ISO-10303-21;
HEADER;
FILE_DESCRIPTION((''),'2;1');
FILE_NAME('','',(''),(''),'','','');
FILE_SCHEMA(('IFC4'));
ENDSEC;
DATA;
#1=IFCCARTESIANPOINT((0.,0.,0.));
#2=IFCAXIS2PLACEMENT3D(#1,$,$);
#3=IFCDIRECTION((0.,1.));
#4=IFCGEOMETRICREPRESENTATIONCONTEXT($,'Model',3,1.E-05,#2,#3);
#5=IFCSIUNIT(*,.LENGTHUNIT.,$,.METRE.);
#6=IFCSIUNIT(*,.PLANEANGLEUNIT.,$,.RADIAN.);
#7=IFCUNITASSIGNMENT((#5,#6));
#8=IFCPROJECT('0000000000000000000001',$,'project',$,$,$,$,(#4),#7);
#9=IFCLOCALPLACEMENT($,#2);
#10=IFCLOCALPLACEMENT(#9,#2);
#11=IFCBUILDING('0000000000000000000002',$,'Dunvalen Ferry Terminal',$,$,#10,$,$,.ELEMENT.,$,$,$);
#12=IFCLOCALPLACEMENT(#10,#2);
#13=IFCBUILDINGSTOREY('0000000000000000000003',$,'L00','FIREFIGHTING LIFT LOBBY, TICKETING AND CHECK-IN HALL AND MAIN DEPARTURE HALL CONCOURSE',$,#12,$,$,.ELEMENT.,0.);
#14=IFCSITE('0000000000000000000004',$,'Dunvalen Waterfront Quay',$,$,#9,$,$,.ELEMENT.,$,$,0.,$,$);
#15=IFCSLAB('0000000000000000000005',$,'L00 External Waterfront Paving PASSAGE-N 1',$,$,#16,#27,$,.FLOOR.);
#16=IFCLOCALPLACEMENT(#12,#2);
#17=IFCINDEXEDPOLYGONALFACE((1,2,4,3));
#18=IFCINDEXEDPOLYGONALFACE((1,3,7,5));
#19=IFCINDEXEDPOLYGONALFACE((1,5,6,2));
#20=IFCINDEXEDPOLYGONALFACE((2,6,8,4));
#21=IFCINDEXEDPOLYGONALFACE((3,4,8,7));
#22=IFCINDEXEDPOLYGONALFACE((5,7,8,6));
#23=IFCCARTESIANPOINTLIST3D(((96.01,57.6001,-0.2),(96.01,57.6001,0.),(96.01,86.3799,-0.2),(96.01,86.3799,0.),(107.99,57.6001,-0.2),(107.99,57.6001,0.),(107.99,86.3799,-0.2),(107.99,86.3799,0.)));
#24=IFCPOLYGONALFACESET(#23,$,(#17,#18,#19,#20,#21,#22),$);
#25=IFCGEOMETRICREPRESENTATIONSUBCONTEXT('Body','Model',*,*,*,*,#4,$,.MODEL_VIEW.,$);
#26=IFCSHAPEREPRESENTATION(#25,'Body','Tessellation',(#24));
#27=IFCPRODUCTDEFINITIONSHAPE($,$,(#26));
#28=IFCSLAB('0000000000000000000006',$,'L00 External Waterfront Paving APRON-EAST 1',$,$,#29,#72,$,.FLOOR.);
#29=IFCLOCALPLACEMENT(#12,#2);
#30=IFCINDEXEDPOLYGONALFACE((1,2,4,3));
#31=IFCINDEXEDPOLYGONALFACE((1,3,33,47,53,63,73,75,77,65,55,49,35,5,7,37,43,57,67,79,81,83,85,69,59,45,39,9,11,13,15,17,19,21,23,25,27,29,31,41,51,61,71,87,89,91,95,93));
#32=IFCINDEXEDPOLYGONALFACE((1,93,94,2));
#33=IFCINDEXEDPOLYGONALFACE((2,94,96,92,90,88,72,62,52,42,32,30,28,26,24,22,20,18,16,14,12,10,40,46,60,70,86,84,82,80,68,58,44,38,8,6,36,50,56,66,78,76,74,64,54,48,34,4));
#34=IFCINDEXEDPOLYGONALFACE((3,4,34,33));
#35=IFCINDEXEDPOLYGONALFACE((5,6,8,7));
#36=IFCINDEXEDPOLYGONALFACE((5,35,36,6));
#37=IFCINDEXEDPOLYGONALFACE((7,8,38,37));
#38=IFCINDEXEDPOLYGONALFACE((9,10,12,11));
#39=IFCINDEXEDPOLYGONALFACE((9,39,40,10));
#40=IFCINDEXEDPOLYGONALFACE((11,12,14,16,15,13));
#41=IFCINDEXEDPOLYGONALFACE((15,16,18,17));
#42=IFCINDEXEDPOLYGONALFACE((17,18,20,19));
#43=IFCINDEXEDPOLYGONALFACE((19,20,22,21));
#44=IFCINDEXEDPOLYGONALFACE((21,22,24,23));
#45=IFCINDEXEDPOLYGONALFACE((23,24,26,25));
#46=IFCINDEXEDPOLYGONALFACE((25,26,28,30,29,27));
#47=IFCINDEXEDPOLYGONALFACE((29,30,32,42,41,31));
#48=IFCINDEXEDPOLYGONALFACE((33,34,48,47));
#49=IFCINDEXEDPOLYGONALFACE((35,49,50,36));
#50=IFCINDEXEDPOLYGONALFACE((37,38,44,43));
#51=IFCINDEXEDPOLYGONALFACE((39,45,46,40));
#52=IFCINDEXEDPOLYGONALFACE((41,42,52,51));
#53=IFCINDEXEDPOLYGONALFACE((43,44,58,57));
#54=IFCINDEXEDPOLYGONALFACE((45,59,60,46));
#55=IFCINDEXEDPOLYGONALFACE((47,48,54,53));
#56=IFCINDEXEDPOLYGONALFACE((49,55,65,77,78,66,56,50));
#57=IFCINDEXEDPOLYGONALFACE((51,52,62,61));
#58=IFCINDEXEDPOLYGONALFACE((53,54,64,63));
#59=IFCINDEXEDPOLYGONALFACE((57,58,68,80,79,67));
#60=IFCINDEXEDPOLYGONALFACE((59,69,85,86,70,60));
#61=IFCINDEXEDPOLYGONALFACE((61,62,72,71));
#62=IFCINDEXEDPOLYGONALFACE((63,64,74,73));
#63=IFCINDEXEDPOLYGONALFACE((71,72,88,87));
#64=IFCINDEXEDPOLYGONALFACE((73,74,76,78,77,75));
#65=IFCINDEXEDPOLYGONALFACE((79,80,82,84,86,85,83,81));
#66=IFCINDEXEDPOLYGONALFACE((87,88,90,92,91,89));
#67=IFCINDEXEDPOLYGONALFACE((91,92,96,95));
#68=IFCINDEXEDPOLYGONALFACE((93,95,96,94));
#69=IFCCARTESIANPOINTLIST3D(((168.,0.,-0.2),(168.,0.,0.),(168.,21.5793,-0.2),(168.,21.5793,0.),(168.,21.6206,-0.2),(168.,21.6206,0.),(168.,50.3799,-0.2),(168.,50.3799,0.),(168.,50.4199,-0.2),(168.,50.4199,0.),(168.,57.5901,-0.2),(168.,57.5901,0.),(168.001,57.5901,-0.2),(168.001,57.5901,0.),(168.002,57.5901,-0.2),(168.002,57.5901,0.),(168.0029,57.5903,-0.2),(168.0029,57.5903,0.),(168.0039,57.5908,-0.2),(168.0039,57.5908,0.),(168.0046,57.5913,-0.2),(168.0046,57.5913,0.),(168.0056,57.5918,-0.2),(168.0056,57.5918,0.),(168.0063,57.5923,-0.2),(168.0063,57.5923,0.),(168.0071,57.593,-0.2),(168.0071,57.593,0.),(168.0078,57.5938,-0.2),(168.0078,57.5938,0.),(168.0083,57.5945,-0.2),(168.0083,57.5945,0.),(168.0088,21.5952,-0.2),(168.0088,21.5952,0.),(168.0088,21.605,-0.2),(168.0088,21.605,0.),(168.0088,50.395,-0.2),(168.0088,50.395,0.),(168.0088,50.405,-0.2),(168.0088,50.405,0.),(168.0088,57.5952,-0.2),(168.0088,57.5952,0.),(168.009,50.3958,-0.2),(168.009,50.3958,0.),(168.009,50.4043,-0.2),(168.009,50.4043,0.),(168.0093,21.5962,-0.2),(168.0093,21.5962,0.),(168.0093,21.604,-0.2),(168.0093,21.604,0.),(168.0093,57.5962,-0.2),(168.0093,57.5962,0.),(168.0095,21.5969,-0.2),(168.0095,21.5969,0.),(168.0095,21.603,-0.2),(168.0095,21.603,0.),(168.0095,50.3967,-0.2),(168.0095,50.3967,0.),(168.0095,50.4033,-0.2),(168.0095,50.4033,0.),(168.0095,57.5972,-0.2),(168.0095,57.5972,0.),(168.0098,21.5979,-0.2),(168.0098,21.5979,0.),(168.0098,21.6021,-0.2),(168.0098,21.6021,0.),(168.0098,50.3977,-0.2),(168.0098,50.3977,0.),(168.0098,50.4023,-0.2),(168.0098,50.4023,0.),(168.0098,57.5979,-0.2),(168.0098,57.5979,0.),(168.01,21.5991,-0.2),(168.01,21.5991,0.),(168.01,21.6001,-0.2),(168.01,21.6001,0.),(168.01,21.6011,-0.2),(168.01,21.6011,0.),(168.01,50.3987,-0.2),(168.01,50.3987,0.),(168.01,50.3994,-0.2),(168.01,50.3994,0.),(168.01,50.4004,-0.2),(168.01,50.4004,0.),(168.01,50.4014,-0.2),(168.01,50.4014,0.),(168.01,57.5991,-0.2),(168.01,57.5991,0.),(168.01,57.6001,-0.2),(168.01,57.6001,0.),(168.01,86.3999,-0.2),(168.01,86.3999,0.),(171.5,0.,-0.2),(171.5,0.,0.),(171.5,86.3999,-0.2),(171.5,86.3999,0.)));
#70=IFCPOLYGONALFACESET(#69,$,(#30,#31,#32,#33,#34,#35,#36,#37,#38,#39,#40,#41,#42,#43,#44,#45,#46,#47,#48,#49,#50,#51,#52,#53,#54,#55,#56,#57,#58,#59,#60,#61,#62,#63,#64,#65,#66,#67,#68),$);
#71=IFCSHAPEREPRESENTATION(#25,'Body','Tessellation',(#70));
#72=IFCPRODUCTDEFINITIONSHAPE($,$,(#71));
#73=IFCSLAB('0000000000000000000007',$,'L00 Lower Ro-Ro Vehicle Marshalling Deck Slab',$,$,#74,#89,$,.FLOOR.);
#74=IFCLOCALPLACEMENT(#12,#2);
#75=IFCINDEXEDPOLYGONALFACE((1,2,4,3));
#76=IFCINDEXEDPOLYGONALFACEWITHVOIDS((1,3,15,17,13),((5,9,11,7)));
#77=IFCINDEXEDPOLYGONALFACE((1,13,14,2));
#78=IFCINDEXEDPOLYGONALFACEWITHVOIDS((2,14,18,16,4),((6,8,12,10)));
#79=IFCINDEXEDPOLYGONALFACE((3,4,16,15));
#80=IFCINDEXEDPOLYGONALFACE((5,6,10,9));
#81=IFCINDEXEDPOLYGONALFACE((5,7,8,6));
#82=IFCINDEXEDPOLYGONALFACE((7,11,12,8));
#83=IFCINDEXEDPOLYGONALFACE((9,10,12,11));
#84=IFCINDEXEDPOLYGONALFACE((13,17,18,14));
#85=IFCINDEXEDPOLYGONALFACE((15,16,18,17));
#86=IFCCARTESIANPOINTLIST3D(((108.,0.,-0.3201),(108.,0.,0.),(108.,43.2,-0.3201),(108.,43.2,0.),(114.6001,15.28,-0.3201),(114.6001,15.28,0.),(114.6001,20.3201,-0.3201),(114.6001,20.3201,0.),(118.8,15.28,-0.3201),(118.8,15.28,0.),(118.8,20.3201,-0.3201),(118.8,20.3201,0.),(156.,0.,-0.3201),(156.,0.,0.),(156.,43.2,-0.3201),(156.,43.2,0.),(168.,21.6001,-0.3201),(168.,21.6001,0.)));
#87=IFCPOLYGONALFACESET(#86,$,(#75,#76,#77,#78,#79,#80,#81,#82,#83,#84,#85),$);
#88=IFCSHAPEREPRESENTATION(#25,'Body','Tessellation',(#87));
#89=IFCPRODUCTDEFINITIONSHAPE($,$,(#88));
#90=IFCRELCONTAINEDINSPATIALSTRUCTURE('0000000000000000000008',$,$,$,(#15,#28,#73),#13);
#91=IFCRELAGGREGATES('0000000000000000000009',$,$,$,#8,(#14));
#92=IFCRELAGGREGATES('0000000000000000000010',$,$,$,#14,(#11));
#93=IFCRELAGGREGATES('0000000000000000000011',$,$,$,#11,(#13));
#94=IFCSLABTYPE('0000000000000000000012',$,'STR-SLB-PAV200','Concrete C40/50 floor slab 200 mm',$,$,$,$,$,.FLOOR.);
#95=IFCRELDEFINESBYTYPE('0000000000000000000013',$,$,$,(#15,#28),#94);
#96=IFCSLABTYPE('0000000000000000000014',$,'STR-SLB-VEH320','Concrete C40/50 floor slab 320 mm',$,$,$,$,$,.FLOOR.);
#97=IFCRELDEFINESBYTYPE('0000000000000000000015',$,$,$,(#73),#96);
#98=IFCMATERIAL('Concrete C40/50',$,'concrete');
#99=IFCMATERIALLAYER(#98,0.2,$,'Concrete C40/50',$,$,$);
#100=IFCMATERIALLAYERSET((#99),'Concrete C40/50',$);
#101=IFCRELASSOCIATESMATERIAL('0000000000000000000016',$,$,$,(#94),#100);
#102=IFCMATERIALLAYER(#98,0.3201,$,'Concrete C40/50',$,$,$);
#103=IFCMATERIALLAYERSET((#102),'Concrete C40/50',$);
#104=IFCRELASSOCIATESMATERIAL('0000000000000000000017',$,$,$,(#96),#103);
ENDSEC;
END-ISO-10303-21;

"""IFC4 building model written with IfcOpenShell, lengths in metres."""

from ifc_helpers import new_model, si_unit, direction, frame, origin, place, context, subcontext, project, spatial, polyline, outline, extrude, material, layer, layer_set, type_object, element, save


model = new_model("IFC4")

# Units and contexts
model_context = context("Model", 3, precision=1e-05, world=origin(), true_north=direction((0.0, 1.0)))
body_context = subcontext(model_context, "Body", "Model", "MODEL_VIEW")
ifc_project = project(units=[si_unit("LENGTHUNIT", "METRE"), si_unit("PLANEANGLEUNIT", "RADIAN")], contexts=[model_context])

# Site, building, storey
site_placement = place(None, origin())
site = spatial("IfcSite", under=ifc_project, at=site_placement, Name="Dunvalen Waterfront Quay", CompositionType="ELEMENT", RefElevation=0.0)
building_placement = place(site_placement, origin())
building = spatial("IfcBuilding", under=site, at=building_placement, Name="Dunvalen Ferry Terminal", CompositionType="ELEMENT")
storey_placement = place(building_placement, origin())
storey = spatial("IfcBuildingStorey", under=building, at=storey_placement, Name="L00", Description="FIREFIGHTING LIFT LOBBY, TICKETING AND CHECK-IN HALL AND MAIN DEPARTURE HALL CONCOURSE", CompositionType="ELEMENT", Elevation=0.0)

# Slabs
ifc_material_1 = material(Name="Concrete C40/50", Category="concrete")
ifc_layer_1 = layer(ifc_material_1, 0.2, Name="Concrete C40/50")
ifc_layer_set_1 = layer_set([ifc_layer_1], Name="Concrete C40/50")
slab_type_1 = type_object("IfcSlabType", Name="STR-SLB-PAV200", Description="Concrete C40/50 floor slab 200 mm", PredefinedType="FLOOR", material=ifc_layer_set_1)
slab_1_placement = place(storey_placement, frame((0.0, 0.0, -0.2)))
element("IfcSlab", 1, at=slab_1_placement, inside=storey, type_object=slab_type_1, Name="L00 External Waterfront Paving PASSAGE-N 1", PredefinedType="FLOOR", context=body_context, shape_type="SweptSolid", body=[
    extrude(outline(polyline([(107.99, 57.6001), (107.99, 86.3799), (96.01, 86.3799), (96.01, 57.6001), (107.99, 57.6001)])), origin(), (0.0, 0.0, 1.0), 0.2),
])
slab_2_placement = place(storey_placement, frame((0.0, 0.0, -0.2)))
element("IfcSlab", 2, at=slab_2_placement, inside=storey, type_object=slab_type_1, Name="L00 External Waterfront Paving APRON-EAST 1", PredefinedType="FLOOR", context=body_context, shape_type="SweptSolid", body=[
    extrude(outline(polyline([(168.01, 86.3999), (168.01, 57.6001), (168.01, 57.5991), (168.0098, 57.5979), (168.0095, 57.5972), (168.0093, 57.5962), (168.0088, 57.5952), (168.0083, 57.5945), (168.0078, 57.5938), (168.0071, 57.593), (168.0063, 57.5923), (168.0056, 57.5918), (168.0046, 57.5913), (168.0039, 57.5908), (168.0029, 57.5903), (168.002, 57.5901), (168.001, 57.5901), (168.0, 57.5901), (168.0, 50.4199), (168.0088, 50.405), (168.009, 50.4043), (168.0095, 50.4033), (168.0098, 50.4023), (168.01, 50.4014), (168.01, 50.4004), (168.01, 50.3994), (168.01, 50.3987), (168.0098, 50.3977), (168.0095, 50.3967), (168.009, 50.3958), (168.0088, 50.395), (168.0, 50.3799), (168.0, 21.6206), (168.0088, 21.605), (168.0093, 21.604), (168.0095, 21.603), (168.0098, 21.6021), (168.01, 21.6011), (168.01, 21.6001), (168.01, 21.5991), (168.0098, 21.5979), (168.0095, 21.5969), (168.0093, 21.5962), (168.0088, 21.5952), (168.0, 21.5793), (168.0, 0.0), (171.5, 0.0), (171.5, 86.3999), (168.01, 86.3999)])), origin(), (0.0, 0.0, 1.0), 0.2),
])
ifc_layer_2 = layer(ifc_material_1, 0.3201, Name="Concrete C40/50")
ifc_layer_set_2 = layer_set([ifc_layer_2], Name="Concrete C40/50")
slab_type_2 = type_object("IfcSlabType", Name="STR-SLB-VEH320", Description="Concrete C40/50 floor slab 320 mm", PredefinedType="FLOOR", material=ifc_layer_set_2)
slab_3_placement = place(storey_placement, frame((0.0, 0.0, -0.3201)))
element("IfcSlab", 3, at=slab_3_placement, inside=storey, type_object=slab_type_2, Name="L00 Lower Ro-Ro Vehicle Marshalling Deck Slab", PredefinedType="FLOOR", context=body_context, shape_type="SweptSolid", body=[
    extrude(outline(polyline([(108.0, 0.0), (156.0, 0.0), (168.0, 21.6001), (156.0, 43.2), (108.0, 43.2), (108.0, 0.0)]), holes=[polyline([(114.6001, 15.28), (118.8, 15.28), (118.8, 20.3201), (114.6001, 20.3201), (114.6001, 15.28)])]), origin(), (0.0, 0.0, 1.0), 0.3201),
])

save(model, "model.ifc")
